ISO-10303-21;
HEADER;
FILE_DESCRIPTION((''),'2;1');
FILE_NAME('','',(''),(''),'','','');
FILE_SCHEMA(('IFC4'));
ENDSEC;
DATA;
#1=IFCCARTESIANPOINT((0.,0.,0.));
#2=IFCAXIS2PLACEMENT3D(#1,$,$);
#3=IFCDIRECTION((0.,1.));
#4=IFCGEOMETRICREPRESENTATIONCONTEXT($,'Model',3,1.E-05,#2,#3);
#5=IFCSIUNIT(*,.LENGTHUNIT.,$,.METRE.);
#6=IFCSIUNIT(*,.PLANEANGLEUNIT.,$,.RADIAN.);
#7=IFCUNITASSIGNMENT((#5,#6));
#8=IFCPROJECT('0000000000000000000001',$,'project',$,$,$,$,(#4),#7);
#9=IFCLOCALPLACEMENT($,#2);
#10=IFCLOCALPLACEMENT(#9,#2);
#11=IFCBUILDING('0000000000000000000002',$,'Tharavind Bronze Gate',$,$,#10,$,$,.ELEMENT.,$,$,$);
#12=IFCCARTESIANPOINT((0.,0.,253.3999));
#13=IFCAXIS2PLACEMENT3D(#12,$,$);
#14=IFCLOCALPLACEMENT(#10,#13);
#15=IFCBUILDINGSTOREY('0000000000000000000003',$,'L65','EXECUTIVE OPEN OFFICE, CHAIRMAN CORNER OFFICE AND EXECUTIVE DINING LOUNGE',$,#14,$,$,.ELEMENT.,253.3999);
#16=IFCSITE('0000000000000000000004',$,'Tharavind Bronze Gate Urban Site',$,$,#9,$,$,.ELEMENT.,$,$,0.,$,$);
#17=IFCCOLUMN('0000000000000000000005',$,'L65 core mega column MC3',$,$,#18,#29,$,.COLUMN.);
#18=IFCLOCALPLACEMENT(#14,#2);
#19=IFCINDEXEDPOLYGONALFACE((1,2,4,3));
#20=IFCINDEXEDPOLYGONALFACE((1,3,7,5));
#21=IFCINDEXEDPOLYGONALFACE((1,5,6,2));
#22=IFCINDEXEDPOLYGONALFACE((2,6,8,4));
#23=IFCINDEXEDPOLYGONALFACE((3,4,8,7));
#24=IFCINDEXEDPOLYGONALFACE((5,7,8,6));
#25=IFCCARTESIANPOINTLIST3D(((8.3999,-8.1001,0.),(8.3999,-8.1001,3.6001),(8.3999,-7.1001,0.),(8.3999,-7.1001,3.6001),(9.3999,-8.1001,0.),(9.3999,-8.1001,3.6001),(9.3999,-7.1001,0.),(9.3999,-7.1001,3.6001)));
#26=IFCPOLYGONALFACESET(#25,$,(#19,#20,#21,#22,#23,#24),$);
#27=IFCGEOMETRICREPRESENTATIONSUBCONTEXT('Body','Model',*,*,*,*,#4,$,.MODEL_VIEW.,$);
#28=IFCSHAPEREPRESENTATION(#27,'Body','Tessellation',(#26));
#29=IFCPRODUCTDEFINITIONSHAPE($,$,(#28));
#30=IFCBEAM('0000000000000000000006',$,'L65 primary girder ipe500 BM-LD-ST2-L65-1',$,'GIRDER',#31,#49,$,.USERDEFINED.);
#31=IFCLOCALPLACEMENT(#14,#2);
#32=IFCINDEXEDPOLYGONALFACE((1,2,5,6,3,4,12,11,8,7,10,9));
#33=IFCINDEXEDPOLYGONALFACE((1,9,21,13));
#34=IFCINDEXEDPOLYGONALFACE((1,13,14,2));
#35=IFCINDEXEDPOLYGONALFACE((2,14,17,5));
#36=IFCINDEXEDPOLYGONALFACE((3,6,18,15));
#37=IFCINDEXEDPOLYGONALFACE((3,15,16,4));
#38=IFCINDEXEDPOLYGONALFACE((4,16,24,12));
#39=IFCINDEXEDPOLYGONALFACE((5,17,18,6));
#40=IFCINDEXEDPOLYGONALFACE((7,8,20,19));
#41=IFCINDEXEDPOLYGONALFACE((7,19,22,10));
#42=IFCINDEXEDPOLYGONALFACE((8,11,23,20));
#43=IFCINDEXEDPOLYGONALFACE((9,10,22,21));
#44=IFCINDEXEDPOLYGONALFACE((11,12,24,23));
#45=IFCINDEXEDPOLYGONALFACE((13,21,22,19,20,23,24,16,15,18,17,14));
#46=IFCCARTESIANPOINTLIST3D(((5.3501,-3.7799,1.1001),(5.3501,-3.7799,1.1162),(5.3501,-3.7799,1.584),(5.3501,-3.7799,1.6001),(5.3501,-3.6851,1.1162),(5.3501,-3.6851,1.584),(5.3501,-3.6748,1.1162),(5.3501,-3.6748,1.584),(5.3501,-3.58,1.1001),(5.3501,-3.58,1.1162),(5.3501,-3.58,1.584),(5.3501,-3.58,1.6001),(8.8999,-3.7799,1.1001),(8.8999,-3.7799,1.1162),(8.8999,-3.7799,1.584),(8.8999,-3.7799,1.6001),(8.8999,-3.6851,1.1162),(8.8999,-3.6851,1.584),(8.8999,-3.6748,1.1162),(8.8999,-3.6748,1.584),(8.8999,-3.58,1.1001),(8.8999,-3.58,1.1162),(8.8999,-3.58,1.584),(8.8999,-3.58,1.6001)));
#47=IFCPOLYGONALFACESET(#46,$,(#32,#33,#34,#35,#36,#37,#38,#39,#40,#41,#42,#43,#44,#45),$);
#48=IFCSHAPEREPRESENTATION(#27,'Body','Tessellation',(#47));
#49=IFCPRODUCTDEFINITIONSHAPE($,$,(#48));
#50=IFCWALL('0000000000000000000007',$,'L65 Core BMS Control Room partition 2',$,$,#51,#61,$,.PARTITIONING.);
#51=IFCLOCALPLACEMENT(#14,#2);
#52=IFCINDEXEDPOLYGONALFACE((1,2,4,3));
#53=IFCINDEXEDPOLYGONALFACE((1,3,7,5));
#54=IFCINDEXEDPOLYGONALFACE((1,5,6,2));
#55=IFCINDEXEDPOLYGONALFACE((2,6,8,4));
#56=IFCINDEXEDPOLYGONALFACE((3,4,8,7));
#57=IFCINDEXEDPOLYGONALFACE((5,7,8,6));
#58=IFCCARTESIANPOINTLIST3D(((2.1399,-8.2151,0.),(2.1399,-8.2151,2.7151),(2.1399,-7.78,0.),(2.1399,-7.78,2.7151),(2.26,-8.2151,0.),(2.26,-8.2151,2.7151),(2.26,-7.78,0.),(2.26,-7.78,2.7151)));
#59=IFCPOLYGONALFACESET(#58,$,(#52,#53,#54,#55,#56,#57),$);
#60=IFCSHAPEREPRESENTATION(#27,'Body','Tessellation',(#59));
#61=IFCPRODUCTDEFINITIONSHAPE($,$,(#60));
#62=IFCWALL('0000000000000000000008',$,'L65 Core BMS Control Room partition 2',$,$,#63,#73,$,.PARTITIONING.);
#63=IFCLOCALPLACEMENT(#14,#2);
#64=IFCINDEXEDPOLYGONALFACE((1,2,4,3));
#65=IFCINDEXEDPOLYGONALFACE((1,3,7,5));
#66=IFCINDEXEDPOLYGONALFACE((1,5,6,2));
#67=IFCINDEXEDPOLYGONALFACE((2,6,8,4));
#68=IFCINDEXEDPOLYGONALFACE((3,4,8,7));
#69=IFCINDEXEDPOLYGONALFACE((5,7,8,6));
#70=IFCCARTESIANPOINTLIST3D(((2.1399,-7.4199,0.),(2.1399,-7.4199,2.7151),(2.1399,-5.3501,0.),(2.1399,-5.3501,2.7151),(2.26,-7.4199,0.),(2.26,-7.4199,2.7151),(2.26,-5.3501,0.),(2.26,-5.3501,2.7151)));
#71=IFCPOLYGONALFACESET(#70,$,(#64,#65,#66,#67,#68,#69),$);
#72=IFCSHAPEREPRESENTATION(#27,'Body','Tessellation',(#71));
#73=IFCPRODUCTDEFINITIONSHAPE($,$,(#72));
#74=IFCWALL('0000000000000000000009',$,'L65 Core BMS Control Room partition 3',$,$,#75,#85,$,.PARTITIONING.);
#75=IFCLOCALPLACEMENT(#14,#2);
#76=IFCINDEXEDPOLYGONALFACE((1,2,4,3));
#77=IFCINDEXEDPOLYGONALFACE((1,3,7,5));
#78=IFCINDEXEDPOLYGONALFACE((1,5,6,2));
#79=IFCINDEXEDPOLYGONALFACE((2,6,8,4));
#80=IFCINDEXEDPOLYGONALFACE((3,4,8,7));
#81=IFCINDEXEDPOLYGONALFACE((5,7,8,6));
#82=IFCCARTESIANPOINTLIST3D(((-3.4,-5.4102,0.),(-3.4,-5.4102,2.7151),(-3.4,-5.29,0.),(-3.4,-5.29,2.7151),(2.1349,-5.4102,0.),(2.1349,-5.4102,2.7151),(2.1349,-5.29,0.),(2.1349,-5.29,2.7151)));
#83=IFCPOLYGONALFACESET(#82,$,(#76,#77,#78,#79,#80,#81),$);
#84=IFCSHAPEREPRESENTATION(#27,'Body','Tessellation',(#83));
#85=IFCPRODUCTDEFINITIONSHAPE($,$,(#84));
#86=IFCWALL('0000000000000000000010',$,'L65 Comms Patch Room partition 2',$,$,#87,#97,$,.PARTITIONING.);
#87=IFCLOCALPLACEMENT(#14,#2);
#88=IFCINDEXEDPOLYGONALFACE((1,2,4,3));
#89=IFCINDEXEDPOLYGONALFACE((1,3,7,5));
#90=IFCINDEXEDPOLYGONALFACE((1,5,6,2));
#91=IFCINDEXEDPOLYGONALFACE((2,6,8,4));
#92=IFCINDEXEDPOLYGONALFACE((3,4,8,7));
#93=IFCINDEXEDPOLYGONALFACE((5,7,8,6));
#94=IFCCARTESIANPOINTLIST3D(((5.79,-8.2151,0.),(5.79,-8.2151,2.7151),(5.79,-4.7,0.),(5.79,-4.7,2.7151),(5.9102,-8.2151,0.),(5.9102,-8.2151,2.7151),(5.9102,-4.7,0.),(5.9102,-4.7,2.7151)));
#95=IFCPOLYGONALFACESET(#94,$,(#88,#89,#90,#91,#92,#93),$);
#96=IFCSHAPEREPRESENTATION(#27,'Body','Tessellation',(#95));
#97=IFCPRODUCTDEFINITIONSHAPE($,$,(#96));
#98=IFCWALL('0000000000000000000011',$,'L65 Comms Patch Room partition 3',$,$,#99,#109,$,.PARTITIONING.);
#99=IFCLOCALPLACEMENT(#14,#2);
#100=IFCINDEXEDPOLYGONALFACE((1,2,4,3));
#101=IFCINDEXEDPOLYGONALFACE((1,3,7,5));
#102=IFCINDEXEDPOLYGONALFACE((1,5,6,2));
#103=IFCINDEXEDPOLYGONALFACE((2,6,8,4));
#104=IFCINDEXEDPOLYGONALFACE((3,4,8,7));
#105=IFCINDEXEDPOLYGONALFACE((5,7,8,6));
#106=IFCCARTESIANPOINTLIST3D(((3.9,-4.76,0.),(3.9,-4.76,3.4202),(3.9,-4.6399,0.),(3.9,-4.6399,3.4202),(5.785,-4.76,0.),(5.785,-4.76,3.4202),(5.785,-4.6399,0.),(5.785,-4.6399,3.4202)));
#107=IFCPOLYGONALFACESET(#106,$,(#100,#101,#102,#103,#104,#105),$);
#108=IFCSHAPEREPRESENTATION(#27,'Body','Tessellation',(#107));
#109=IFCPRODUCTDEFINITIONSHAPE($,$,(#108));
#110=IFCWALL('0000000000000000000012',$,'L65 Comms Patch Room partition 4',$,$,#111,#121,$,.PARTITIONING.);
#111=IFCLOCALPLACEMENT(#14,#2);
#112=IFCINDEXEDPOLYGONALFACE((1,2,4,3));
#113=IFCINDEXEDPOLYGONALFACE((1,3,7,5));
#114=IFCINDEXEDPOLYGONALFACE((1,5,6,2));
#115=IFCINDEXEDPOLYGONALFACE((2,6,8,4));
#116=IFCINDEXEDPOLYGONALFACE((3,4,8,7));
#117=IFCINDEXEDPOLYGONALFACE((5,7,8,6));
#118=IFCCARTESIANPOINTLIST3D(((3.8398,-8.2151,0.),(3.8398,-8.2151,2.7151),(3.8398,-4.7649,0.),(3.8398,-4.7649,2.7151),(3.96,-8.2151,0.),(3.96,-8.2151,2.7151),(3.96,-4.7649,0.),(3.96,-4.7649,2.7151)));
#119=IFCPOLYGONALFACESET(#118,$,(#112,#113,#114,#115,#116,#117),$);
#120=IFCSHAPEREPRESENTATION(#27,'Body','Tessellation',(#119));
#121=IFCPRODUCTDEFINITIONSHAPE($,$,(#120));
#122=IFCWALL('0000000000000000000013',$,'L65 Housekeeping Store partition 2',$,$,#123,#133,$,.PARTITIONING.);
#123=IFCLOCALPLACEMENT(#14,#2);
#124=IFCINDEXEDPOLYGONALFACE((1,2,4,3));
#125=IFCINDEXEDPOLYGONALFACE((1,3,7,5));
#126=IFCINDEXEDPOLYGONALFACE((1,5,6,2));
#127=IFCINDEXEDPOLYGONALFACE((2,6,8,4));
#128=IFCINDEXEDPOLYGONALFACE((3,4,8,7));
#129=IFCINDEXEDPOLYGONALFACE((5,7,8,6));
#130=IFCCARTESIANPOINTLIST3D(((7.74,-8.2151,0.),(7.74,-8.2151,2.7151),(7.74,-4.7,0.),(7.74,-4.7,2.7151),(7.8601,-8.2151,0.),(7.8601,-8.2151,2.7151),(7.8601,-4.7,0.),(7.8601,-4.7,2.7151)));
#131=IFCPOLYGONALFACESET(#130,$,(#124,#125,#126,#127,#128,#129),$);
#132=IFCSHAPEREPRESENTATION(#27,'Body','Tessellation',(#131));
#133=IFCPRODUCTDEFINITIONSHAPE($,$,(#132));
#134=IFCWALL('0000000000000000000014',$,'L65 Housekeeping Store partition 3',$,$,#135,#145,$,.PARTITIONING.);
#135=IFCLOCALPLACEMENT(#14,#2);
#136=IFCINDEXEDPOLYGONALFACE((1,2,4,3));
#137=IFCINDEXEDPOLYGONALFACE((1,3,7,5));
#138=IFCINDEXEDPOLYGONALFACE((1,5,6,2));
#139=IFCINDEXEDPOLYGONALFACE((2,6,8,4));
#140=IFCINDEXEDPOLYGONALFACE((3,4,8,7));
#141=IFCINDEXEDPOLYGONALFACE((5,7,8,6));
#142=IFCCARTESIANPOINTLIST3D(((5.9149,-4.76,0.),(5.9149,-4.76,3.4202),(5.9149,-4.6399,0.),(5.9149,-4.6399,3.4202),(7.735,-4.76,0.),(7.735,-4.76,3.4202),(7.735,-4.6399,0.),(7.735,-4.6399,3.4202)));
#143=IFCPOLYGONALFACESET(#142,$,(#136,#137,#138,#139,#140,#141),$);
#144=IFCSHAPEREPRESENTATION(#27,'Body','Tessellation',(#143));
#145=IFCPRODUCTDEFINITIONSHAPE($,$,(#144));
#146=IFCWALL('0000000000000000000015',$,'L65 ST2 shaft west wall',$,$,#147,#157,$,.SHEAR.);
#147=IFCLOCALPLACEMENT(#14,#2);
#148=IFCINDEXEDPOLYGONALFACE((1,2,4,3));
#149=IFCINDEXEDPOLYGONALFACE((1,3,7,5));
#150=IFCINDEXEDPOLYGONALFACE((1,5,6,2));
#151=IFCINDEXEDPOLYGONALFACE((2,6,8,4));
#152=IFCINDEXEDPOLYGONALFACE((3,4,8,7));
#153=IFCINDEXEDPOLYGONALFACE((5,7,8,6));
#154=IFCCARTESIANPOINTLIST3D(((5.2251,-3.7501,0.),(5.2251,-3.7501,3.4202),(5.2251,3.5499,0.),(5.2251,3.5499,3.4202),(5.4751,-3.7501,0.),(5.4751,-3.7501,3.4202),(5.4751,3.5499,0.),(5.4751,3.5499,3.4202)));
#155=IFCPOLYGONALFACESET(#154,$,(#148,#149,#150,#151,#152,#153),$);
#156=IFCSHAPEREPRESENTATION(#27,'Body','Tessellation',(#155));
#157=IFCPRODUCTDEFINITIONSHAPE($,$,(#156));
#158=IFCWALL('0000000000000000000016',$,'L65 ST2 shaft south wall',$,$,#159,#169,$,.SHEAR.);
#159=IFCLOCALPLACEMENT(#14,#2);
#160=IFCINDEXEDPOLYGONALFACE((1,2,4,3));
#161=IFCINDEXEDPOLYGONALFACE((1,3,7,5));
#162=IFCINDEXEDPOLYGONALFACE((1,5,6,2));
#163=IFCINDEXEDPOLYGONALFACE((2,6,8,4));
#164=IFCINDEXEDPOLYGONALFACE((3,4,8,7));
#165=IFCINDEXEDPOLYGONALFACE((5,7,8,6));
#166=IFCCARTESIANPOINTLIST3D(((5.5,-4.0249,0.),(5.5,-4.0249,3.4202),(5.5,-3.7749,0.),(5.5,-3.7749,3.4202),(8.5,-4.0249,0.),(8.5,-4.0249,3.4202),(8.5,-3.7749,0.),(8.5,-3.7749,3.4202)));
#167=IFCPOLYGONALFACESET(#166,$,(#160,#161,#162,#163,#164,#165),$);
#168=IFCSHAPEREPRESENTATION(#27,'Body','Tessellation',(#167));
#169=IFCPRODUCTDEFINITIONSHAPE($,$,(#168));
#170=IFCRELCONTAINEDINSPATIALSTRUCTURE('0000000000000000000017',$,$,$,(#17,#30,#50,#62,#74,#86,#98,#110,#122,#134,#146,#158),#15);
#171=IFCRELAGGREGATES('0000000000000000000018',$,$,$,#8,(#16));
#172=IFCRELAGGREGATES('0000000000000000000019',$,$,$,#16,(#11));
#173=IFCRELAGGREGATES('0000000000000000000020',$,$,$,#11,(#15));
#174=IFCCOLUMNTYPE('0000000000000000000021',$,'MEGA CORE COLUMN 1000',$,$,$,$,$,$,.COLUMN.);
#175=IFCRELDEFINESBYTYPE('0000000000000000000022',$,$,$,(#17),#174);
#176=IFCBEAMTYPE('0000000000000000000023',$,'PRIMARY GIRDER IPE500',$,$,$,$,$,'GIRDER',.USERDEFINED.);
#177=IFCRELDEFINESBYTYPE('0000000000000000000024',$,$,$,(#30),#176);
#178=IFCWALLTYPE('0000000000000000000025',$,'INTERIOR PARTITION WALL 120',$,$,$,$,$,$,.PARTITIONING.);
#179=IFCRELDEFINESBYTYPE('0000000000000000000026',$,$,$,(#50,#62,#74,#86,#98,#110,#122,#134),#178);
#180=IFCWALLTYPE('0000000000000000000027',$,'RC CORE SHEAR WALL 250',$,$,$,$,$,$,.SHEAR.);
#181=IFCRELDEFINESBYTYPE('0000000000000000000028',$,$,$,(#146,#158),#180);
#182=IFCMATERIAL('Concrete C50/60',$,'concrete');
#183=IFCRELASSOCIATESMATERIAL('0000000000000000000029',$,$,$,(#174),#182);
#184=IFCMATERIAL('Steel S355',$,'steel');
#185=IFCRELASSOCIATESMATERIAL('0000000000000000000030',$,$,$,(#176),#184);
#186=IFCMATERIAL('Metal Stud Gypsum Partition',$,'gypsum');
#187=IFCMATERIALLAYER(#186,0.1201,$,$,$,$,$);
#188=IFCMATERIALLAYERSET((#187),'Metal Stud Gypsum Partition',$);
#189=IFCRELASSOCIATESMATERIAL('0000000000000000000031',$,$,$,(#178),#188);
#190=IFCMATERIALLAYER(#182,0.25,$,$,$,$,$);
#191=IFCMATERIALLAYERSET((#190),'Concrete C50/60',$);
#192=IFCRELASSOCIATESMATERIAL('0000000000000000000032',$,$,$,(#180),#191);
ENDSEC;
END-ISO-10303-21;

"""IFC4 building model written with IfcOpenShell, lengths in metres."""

from ifc_helpers import new_model, si_unit, direction, frame, frame_2d, origin, origin_2d, place, context, subcontext, project, spatial, rectangle, i_section, extrude, material, layer, layer_set, material_profile, profile_set, type_object, element, save


model = new_model("IFC4")

# Units and contexts
model_context = context("Model", 3, precision=1e-05, world=origin(), true_north=direction((0.0, 1.0)))
body_context = subcontext(model_context, "Body", "Model", "MODEL_VIEW")
ifc_project = project(units=[si_unit("LENGTHUNIT", "METRE"), si_unit("PLANEANGLEUNIT", "RADIAN")], contexts=[model_context])

# Site, building, storey
site_placement = place(None, origin())
site = spatial("IfcSite", under=ifc_project, at=site_placement, Name="Tharavind Bronze Gate Urban Site", CompositionType="ELEMENT", RefElevation=0.0)
building_placement = place(site_placement, origin())
building = spatial("IfcBuilding", under=site, at=building_placement, Name="Tharavind Bronze Gate", CompositionType="ELEMENT")
storey_placement = place(building_placement, frame((0.0, 0.0, 253.3999)))
storey = spatial("IfcBuildingStorey", under=building, at=storey_placement, Name="L65", Description="EXECUTIVE OPEN OFFICE, CHAIRMAN CORNER OFFICE AND EXECUTIVE DINING LOUNGE", CompositionType="ELEMENT", Elevation=253.3999)

# Column
ifc_material_1 = material(Name="Concrete C50/60", Category="concrete")
ifc_material_profile_1 = material_profile(ifc_material_1, rectangle(XDim=1.0, YDim=1.0, at=origin_2d()), Name="RCCOL1000")
ifc_profile_set_1 = profile_set([ifc_material_profile_1], Name="Concrete C50/60")
column_type = type_object("IfcColumnType", Name="MEGA CORE COLUMN 1000", PredefinedType="COLUMN", material=ifc_profile_set_1)
column_placement = place(storey_placement, frame((8.8999, -7.6001, 0.0), z_axis=(0.0, 0.0, 1.0), x_axis=(1.0, 0.0, 0.0)))
element("IfcColumn", 1, at=column_placement, inside=storey, type_object=column_type, Name="L65 core mega column MC3", PredefinedType="COLUMN", context=body_context, shape_type="SweptSolid", body=[
    extrude(rectangle(XDim=1.0, YDim=1.0, at=origin_2d()), origin(), (0.0, 0.0, 1.0), 3.6001),
])

# Beam
ifc_material_2 = material(Name="Steel S355", Category="steel")
ifc_material_profile_2 = material_profile(ifc_material_2, i_section(OverallWidth=0.2, OverallDepth=0.5, WebThickness=0.0103, FlangeThickness=0.0161, at=origin_2d()), Name="IPE500")
ifc_profile_set_2 = profile_set([ifc_material_profile_2], Name="Steel S355")
beam_type = type_object("IfcBeamType", Name="PRIMARY GIRDER IPE500", ElementType="GIRDER", PredefinedType="USERDEFINED", material=ifc_profile_set_2)
beam_placement = place(storey_placement, frame((5.3501, -3.6799, 1.3501), z_axis=(1.0, 0.0, 0.0), x_axis=(0.0, 1.0, 0.0)))
element("IfcBeam", 2, at=beam_placement, inside=storey, type_object=beam_type, Name="L65 primary girder ipe500 BM-LD-ST2-L65-1", ObjectType="GIRDER", PredefinedType="USERDEFINED", context=body_context, shape_type="SweptSolid", body=[
    extrude(i_section(OverallWidth=0.2, OverallDepth=0.5, WebThickness=0.0103, FlangeThickness=0.0161, at=origin_2d()), origin(), (0.0, 0.0, 1.0), 3.5498),
])

# Walls
ifc_material_3 = material(Name="Metal Stud Gypsum Partition", Category="gypsum")
ifc_layer_1 = layer(ifc_material_3, 0.1201)
ifc_layer_set_1 = layer_set([ifc_layer_1], Name="Metal Stud Gypsum Partition")
wall_type_1 = type_object("IfcWallType", Name="INTERIOR PARTITION WALL 120", PredefinedType="PARTITIONING", material=ifc_layer_set_1)
wall_1_placement = place(storey_placement, frame((2.2, -8.2151, 0.0), z_axis=(0.0, 0.0, 1.0), x_axis=(0.0, 1.0, 0.0)))
element("IfcWall", 3, at=wall_1_placement, inside=storey, type_object=wall_type_1, Name="L65 Core BMS Control Room partition 2", PredefinedType="PARTITIONING", context=body_context, shape_type="SweptSolid", body=[
    extrude(rectangle(XDim=0.4351, YDim=0.1201, at=frame_2d((0.2175, 0.0))), origin(), (0.0, 0.0, 1.0), 2.7151),
])
wall_2_placement = place(storey_placement, frame((2.2, -7.4199, 0.0), z_axis=(0.0, 0.0, 1.0), x_axis=(0.0, 1.0, 0.0)))
element("IfcWall", 4, at=wall_2_placement, inside=storey, type_object=wall_type_1, Name="L65 Core BMS Control Room partition 2", PredefinedType="PARTITIONING", context=body_context, shape_type="SweptSolid", body=[
    extrude(rectangle(XDim=2.0698, YDim=0.1201, at=frame_2d((1.0349, 0.0))), origin(), (0.0, 0.0, 1.0), 2.7151),
])
wall_3_placement = place(storey_placement, frame((2.135, -5.3501, 0.0), z_axis=(0.0, 0.0, 1.0), x_axis=(-1.0, 0.0, 0.0)))
element("IfcWall", 5, at=wall_3_placement, inside=storey, type_object=wall_type_1, Name="L65 Core BMS Control Room partition 3", PredefinedType="PARTITIONING", context=body_context, shape_type="SweptSolid", body=[
    extrude(rectangle(XDim=5.5349, YDim=0.1201, at=frame_2d((2.7676, 0.0))), origin(), (0.0, 0.0, 1.0), 2.7151),
])
wall_4_placement = place(storey_placement, frame((5.8501, -8.2151, 0.0), z_axis=(0.0, 0.0, 1.0), x_axis=(0.0, 1.0, 0.0)))
element("IfcWall", 6, at=wall_4_placement, inside=storey, type_object=wall_type_1, Name="L65 Comms Patch Room partition 2", PredefinedType="PARTITIONING", context=body_context, shape_type="SweptSolid", body=[
    extrude(rectangle(XDim=3.5151, YDim=0.1201, at=frame_2d((1.7576, 0.0))), origin(), (0.0, 0.0, 1.0), 2.7151),
])
wall_5_placement = place(storey_placement, frame((5.7849, -4.7, 0.0), z_axis=(0.0, 0.0, 1.0), x_axis=(-1.0, 0.0, 0.0)))
element("IfcWall", 7, at=wall_5_placement, inside=storey, type_object=wall_type_1, Name="L65 Comms Patch Room partition 3", PredefinedType="PARTITIONING", context=body_context, shape_type="SweptSolid", body=[
    extrude(rectangle(XDim=1.885, YDim=0.1201, at=frame_2d((0.9424, 0.0))), origin(), (0.0, 0.0, 1.0), 3.4202),
])
wall_6_placement = place(storey_placement, frame((3.8999, -4.7649, 0.0), z_axis=(0.0, 0.0, 1.0), x_axis=(0.0, -1.0, 0.0)))
element("IfcWall", 8, at=wall_6_placement, inside=storey, type_object=wall_type_1, Name="L65 Comms Patch Room partition 4", PredefinedType="PARTITIONING", context=body_context, shape_type="SweptSolid", body=[
    extrude(rectangle(XDim=3.4502, YDim=0.1201, at=frame_2d((1.7251, 0.0))), origin(), (0.0, 0.0, 1.0), 2.7151),
])
wall_7_placement = place(storey_placement, frame((7.8, -8.2151, 0.0), z_axis=(0.0, 0.0, 1.0), x_axis=(0.0, 1.0, 0.0)))
element("IfcWall", 9, at=wall_7_placement, inside=storey, type_object=wall_type_1, Name="L65 Housekeeping Store partition 2", PredefinedType="PARTITIONING", context=body_context, shape_type="SweptSolid", body=[
    extrude(rectangle(XDim=3.5151, YDim=0.1201, at=frame_2d((1.7576, 0.0))), origin(), (0.0, 0.0, 1.0), 2.7151),
])
wall_8_placement = place(storey_placement, frame((7.7351, -4.7, 0.0), z_axis=(0.0, 0.0, 1.0), x_axis=(-1.0, 0.0, 0.0)))
element("IfcWall", 10, at=wall_8_placement, inside=storey, type_object=wall_type_1, Name="L65 Housekeeping Store partition 3", PredefinedType="PARTITIONING", context=body_context, shape_type="SweptSolid", body=[
    extrude(rectangle(XDim=1.8201, YDim=0.1201, at=frame_2d((0.9102, 0.0))), origin(), (0.0, 0.0, 1.0), 3.4202),
])
ifc_layer_2 = layer(ifc_material_1, 0.25)
ifc_layer_set_2 = layer_set([ifc_layer_2], Name="Concrete C50/60")
wall_type_2 = type_object("IfcWallType", Name="RC CORE SHEAR WALL 250", PredefinedType="SHEAR", material=ifc_layer_set_2)
wall_9_placement = place(storey_placement, frame((5.3501, -3.75, 0.0), z_axis=(0.0, 0.0, 1.0), x_axis=(0.0, 1.0, 0.0)))
element("IfcWall", 11, at=wall_9_placement, inside=storey, type_object=wall_type_2, Name="L65 ST2 shaft west wall", PredefinedType="SHEAR", context=body_context, shape_type="SweptSolid", body=[
    extrude(rectangle(XDim=7.3, YDim=0.25, at=frame_2d((3.6499, 0.0))), origin(), (0.0, 0.0, 1.0), 3.4202),
])
wall_10_placement = place(storey_placement, frame((5.5, -3.8999, 0.0), z_axis=(0.0, 0.0, 1.0), x_axis=(1.0, 0.0, 0.0)))
element("IfcWall", 12, at=wall_10_placement, inside=storey, type_object=wall_type_2, Name="L65 ST2 shaft south wall", PredefinedType="SHEAR", context=body_context, shape_type="SweptSolid", body=[
    extrude(rectangle(XDim=3.0, YDim=0.25, at=frame_2d((1.5, 0.0))), origin(), (0.0, 0.0, 1.0), 3.4202),
])

save(model, "model.ifc")
